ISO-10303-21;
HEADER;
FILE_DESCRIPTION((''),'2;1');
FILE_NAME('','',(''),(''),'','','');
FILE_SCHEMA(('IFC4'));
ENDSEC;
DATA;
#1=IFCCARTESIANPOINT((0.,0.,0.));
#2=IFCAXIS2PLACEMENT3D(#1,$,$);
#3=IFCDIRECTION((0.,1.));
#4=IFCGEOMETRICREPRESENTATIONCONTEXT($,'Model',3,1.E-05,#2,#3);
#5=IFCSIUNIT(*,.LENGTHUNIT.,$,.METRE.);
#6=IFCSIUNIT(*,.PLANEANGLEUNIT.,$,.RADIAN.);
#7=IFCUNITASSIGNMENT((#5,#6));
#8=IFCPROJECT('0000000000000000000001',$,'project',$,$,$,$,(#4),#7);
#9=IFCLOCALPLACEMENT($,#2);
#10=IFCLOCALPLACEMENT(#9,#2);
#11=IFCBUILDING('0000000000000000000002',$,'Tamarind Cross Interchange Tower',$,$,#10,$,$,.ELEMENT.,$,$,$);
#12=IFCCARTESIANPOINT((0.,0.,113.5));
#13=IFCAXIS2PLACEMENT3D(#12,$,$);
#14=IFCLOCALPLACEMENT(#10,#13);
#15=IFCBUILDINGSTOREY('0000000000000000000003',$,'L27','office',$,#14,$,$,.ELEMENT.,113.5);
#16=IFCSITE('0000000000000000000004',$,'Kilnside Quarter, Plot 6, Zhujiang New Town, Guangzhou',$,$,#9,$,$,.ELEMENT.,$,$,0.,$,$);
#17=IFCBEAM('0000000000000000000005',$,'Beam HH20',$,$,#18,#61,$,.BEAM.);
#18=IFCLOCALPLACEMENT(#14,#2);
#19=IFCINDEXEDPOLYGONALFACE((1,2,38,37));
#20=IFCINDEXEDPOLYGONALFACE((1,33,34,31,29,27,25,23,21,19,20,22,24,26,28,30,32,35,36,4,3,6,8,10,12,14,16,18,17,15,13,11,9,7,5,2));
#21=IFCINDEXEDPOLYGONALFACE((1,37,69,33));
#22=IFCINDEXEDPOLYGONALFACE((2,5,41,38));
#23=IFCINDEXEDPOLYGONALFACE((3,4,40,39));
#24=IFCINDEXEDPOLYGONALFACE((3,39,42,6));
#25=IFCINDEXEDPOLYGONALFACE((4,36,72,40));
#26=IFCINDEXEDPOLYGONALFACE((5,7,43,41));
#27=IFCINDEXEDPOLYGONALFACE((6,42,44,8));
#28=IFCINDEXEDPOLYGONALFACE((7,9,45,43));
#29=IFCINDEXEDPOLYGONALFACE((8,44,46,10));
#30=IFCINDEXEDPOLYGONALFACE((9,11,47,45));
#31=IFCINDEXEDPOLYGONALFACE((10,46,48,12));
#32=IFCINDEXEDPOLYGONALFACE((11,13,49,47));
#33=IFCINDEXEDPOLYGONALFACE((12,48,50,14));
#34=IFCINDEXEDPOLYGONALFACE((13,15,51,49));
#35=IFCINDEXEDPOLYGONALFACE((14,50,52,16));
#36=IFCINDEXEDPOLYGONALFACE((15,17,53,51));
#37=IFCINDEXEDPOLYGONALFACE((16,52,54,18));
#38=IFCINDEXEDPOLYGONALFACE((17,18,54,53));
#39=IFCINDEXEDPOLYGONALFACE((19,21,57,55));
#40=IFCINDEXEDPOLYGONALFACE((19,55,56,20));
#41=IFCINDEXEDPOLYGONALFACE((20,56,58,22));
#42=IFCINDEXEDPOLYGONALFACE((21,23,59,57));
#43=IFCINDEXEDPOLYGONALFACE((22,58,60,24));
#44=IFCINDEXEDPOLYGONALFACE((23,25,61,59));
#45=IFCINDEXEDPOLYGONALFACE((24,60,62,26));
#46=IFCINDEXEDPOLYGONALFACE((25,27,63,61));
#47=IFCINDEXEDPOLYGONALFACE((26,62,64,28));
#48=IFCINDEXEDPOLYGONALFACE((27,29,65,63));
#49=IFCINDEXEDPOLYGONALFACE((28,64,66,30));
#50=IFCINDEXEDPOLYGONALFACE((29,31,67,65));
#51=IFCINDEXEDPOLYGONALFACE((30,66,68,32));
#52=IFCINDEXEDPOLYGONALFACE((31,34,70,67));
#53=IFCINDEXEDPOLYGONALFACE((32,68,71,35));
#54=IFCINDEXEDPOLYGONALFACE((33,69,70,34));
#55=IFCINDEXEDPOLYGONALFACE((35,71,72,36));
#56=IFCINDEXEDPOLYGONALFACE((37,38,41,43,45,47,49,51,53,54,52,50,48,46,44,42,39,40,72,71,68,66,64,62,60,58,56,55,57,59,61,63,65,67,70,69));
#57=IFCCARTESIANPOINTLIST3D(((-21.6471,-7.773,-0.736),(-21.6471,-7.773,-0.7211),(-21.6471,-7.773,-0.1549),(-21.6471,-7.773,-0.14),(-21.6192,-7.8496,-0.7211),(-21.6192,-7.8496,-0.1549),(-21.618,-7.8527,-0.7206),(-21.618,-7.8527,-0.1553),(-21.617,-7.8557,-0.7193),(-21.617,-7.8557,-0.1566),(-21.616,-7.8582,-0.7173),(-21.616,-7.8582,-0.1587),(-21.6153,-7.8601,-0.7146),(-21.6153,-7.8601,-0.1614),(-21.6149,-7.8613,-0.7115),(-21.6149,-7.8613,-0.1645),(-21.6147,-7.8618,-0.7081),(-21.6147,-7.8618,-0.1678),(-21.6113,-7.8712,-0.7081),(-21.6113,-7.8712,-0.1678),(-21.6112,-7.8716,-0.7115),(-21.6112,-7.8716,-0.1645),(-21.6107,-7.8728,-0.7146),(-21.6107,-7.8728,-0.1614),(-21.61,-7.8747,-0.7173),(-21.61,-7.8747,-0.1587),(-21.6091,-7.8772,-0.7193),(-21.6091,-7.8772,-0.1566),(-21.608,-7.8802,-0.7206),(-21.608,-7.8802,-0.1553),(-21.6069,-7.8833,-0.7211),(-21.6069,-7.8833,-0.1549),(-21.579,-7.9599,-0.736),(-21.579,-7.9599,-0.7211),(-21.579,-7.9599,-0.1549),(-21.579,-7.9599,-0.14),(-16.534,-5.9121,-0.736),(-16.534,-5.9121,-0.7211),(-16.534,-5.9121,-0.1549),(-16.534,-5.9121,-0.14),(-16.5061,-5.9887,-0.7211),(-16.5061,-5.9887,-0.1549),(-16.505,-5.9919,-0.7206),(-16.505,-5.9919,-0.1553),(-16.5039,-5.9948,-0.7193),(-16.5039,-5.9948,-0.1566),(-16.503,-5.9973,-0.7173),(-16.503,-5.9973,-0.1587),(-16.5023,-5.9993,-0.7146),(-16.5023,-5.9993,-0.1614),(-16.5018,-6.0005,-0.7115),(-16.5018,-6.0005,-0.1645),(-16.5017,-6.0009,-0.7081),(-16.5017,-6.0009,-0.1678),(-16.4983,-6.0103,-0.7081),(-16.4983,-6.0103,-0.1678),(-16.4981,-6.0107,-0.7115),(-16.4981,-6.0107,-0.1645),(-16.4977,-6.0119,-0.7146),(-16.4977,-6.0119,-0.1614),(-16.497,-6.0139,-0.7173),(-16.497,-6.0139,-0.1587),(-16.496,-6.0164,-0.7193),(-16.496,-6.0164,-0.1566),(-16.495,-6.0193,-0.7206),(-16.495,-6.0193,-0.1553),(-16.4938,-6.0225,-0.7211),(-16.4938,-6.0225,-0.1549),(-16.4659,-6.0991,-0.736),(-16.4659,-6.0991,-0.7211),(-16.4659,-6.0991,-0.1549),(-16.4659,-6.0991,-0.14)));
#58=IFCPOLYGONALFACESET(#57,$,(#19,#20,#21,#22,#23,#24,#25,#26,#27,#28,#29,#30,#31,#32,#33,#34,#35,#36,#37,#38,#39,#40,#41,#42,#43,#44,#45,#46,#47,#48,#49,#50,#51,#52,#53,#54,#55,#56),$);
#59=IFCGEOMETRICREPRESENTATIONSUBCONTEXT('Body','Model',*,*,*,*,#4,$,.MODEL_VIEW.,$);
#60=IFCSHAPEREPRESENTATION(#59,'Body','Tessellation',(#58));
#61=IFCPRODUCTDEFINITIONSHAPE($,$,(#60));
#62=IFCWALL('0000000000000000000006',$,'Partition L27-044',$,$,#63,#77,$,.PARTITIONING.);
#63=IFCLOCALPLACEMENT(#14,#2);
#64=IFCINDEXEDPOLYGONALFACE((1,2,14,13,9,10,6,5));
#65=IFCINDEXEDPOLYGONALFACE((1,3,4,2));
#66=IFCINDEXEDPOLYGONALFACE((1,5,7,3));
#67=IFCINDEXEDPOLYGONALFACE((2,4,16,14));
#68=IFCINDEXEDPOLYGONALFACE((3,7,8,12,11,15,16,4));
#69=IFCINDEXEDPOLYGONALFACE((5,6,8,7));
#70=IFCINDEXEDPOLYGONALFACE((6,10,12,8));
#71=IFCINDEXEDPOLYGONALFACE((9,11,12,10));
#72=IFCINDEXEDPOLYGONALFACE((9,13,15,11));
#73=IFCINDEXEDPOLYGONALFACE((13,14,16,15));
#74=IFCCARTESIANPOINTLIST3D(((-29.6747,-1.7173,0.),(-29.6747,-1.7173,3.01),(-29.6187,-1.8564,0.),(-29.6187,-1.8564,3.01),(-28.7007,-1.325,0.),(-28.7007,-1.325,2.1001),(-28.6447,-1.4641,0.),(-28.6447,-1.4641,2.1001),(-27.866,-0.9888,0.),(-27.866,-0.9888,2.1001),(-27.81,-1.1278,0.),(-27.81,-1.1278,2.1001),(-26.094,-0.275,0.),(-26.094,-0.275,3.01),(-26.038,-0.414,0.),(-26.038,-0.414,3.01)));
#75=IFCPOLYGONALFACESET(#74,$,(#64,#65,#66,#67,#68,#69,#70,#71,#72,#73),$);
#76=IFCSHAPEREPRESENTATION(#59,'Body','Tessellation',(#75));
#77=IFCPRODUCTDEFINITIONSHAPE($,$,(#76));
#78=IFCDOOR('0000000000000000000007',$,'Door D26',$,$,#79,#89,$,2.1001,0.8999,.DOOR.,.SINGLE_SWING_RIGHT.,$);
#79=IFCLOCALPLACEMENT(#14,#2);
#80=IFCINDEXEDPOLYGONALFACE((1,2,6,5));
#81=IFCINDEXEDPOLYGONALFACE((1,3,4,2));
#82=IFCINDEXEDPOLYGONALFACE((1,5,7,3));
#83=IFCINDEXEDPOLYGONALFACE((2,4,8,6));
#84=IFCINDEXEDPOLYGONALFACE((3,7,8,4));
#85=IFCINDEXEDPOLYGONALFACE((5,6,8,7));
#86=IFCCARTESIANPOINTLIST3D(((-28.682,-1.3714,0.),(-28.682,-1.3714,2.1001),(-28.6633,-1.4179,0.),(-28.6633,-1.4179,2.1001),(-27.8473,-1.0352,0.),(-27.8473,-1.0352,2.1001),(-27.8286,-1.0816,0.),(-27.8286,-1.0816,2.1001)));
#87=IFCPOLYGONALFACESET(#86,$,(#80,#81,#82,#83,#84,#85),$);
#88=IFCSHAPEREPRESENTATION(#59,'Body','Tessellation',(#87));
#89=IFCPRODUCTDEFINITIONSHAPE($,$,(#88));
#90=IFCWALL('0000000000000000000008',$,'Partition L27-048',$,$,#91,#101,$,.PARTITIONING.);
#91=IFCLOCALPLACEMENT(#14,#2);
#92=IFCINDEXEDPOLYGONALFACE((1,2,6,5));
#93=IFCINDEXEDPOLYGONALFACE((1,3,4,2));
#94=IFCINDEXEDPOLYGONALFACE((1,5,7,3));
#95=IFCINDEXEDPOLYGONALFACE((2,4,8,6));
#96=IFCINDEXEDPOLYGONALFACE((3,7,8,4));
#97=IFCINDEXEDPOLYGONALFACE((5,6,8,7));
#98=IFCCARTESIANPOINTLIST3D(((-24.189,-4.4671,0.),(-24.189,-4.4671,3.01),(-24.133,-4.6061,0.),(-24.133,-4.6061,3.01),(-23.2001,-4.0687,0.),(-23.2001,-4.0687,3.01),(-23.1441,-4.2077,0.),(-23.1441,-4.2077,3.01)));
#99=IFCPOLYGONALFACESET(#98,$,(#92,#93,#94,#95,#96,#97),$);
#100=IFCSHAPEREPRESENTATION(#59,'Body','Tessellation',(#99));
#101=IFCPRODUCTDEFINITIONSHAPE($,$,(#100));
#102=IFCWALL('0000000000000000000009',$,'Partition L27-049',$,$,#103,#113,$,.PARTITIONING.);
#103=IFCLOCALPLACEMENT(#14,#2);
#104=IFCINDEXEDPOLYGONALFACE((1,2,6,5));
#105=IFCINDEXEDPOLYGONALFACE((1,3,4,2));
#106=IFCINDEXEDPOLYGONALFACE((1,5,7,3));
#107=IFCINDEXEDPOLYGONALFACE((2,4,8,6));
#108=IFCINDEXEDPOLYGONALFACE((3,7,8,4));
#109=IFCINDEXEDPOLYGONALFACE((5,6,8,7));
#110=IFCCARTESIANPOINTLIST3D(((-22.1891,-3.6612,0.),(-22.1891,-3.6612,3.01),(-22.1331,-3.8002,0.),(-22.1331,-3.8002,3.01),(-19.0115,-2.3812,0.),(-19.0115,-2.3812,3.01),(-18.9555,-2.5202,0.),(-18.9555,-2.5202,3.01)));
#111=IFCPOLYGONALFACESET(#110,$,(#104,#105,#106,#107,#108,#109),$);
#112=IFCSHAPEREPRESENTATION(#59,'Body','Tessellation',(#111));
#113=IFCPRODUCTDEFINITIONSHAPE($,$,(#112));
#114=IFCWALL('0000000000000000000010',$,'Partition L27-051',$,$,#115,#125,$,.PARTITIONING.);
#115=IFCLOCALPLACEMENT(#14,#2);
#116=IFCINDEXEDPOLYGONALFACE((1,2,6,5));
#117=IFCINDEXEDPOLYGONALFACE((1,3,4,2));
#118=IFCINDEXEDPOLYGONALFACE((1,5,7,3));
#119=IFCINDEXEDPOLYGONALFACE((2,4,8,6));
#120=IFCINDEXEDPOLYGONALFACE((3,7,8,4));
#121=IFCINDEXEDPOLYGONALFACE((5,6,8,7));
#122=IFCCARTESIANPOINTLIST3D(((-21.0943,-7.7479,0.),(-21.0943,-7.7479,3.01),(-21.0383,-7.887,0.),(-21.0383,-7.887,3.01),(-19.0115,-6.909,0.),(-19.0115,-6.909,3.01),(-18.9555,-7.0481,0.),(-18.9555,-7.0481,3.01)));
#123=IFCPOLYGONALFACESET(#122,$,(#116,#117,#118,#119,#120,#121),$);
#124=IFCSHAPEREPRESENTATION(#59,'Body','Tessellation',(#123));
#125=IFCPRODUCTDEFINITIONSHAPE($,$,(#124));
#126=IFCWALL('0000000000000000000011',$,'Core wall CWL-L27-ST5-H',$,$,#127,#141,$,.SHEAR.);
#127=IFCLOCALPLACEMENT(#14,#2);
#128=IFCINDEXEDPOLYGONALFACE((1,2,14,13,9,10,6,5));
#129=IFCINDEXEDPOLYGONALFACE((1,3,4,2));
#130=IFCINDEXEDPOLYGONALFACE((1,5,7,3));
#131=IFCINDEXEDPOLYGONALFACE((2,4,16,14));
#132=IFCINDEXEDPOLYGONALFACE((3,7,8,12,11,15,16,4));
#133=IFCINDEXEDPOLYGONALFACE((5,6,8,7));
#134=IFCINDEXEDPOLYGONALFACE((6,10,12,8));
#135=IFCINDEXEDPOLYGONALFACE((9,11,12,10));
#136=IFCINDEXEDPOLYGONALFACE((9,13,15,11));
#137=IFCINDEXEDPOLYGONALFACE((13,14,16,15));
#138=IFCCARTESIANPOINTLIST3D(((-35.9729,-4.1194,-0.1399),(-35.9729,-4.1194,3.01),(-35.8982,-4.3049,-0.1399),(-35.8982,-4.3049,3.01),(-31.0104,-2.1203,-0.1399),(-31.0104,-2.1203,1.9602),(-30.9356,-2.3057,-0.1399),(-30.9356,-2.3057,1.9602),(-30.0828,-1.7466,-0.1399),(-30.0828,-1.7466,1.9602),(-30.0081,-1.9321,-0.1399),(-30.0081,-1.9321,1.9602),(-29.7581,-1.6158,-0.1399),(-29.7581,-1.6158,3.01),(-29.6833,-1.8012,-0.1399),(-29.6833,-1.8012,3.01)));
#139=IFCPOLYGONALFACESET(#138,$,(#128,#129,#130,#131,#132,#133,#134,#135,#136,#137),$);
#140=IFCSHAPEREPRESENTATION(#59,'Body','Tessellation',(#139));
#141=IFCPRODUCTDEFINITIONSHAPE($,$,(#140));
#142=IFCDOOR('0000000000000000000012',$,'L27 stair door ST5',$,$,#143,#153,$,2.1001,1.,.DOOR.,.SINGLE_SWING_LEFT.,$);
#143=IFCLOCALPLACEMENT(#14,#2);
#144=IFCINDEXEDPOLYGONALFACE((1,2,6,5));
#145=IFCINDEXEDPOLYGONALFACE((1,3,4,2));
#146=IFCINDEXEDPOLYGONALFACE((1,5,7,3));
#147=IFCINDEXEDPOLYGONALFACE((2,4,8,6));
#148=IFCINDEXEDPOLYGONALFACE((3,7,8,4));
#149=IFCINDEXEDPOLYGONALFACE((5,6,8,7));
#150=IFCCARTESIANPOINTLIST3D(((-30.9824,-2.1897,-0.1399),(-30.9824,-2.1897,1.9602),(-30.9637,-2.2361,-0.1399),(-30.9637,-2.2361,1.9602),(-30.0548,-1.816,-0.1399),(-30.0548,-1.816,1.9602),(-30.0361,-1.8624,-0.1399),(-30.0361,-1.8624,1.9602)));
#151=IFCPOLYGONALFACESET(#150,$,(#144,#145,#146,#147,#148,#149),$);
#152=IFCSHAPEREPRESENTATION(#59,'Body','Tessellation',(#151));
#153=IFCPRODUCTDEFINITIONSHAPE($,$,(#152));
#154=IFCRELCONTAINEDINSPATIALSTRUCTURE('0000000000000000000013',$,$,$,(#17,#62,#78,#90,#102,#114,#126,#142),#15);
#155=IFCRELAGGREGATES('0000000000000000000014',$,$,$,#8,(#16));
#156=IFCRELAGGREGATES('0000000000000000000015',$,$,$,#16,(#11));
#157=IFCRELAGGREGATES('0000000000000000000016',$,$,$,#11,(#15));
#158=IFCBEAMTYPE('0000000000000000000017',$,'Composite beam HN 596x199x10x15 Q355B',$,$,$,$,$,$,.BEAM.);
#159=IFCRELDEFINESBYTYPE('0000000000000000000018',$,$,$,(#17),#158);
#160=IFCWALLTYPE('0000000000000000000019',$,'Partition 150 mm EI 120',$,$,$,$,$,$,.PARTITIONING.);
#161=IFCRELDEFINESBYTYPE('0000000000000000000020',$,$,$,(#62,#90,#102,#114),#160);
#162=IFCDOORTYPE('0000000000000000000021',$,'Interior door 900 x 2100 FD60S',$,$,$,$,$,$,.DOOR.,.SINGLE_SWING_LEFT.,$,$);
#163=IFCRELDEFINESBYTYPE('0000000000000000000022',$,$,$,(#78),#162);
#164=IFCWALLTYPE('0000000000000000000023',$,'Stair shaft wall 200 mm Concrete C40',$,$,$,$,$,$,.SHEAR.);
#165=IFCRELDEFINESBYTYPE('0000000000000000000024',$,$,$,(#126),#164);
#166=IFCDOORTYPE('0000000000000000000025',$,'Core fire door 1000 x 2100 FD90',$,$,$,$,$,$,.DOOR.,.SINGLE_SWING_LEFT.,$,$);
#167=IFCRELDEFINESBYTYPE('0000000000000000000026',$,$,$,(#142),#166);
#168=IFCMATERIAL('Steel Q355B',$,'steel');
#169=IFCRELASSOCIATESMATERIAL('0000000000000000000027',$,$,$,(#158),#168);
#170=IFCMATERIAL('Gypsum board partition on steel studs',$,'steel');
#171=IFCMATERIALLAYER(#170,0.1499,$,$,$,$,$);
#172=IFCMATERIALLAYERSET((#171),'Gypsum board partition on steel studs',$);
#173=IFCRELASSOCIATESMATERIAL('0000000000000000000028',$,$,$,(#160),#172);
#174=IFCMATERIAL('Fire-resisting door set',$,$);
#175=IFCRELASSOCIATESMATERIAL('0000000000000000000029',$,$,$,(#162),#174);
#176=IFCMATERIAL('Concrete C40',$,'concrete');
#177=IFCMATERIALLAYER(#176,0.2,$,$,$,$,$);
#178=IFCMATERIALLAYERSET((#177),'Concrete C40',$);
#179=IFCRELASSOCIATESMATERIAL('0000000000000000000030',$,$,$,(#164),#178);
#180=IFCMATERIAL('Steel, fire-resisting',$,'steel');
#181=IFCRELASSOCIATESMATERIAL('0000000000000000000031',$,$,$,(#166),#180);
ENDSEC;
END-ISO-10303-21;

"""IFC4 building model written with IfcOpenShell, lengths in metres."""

from ifc_helpers import new_model, si_unit, direction, frame, frame_2d, origin, origin_2d, place, context, subcontext, project, spatial, rectangle, i_section, extrude, material, layer, layer_set, material_profile, profile_set, type_object, element, fill, save


model = new_model("IFC4")

# Units and contexts
model_context = context("Model", 3, precision=1e-05, world=origin(), true_north=direction((0.0, 1.0)))
body_context = subcontext(model_context, "Body", "Model", "MODEL_VIEW")
ifc_project = project(units=[si_unit("LENGTHUNIT", "METRE"), si_unit("PLANEANGLEUNIT", "RADIAN")], contexts=[model_context])

# Site, building, storey
site_placement = place(None, origin())
site = spatial("IfcSite", under=ifc_project, at=site_placement, Name="Kilnside Quarter, Plot 6, Zhujiang New Town, Guangzhou", CompositionType="ELEMENT", RefElevation=0.0)
building_placement = place(site_placement, origin())
building = spatial("IfcBuilding", under=site, at=building_placement, Name="Tamarind Cross Interchange Tower", CompositionType="ELEMENT")
storey_placement = place(building_placement, frame((0.0, 0.0, 113.5)))
storey = spatial("IfcBuildingStorey", under=building, at=storey_placement, Name="L27", Description="office", CompositionType="ELEMENT", Elevation=113.5)

# Beam
ifc_material_1 = material(Name="Steel Q355B", Category="steel")
ifc_material_profile_1 = material_profile(ifc_material_1, i_section(OverallWidth=0.199, OverallDepth=0.5959, WebThickness=0.01, FlangeThickness=0.0149, FilletRadius=0.0129, at=origin_2d()), Name="HN 596x199x10x15")
ifc_profile_set_1 = profile_set([ifc_material_profile_1], Name="Steel Q355B")
beam_type_1 = type_object("IfcBeamType", Name="Composite beam HN 596x199x10x15 Q355B", PredefinedType="BEAM", material=ifc_profile_set_1)
beam_1_placement = place(storey_placement, frame((-21.613, -7.8665, -0.438), z_axis=(0.939702, 0.341995, 0.0), x_axis=(-0.341995, 0.939702, 0.0)))
element("IfcBeam", 1, at=beam_1_placement, inside=storey, type_object=beam_type_1, Name="Beam HH20", PredefinedType="BEAM", context=body_context, shape_type="SweptSolid", body=[
    extrude(i_section(OverallWidth=0.199, OverallDepth=0.5959, WebThickness=0.01, FlangeThickness=0.0149, FilletRadius=0.0129, at=origin_2d()), origin(), (0.0, 0.0, 1.0), 5.4412),
])

# Wall, opening, door
ifc_material_2 = material(Name="Gypsum board partition on steel studs", Category="steel")
ifc_layer_1 = layer(ifc_material_2, 0.1499)
ifc_layer_set_1 = layer_set([ifc_layer_1], Name="Gypsum board partition on steel studs")
wall_type_1 = type_object("IfcWallType", Name="Partition 150 mm EI 120", PredefinedType="PARTITIONING", material=ifc_layer_set_1)
wall_1_placement = place(storey_placement, frame((-29.6467, -1.7869, 0.0), z_axis=(0.0, 0.0, 1.0), x_axis=(0.927575, 0.373636, 0.0)))
wall_1 = element("IfcWall", 2, at=wall_1_placement, inside=storey, type_object=wall_type_1, Name="Partition L27-044", PredefinedType="PARTITIONING", context=body_context, shape_type="SweptSolid", body=[
    extrude(rectangle(XDim=3.8604, YDim=0.1499, at=frame_2d((1.9302, 0.0))), origin(), (0.0, 0.0, 1.0), 3.01),
])
opening_1_placement = place(wall_1_placement, frame((1.05, 0.0, 0.0)))
opening_1 = element("IfcOpeningElement", 3, at=opening_1_placement, cuts=wall_1, PredefinedType="OPENING", context=body_context, shape_type="SweptSolid", body=[
    extrude(rectangle(XDim=0.8999, YDim=2.1001, at=frame_2d((0.45, 1.05))), frame((0.0, 0.085, 0.0), z_axis=(0.0, -1.0, 0.0), x_axis=(1.0, 0.0, 0.0)), (0.0, 0.0, 1.0), 0.1699),
])
ifc_material_3 = material(Name="Fire-resisting door set")
door_type_1 = type_object("IfcDoorType", Name="Interior door 900 x 2100 FD60S", OperationType="SINGLE_SWING_LEFT", PredefinedType="DOOR", material=ifc_material_3)
door_1_placement = place(opening_1_placement, origin())
door_1 = element("IfcDoor", 4, at=door_1_placement, inside=storey, type_object=door_type_1, Name="Door D26", OperationType="SINGLE_SWING_RIGHT", OverallHeight=2.1001, OverallWidth=0.8999, PredefinedType="DOOR", context=body_context, shape_type="SweptSolid", body=[
    extrude(rectangle(XDim=0.8999, YDim=2.1001, at=frame_2d((0.45, 1.05))), frame((0.0, 0.0249, 0.0), z_axis=(0.0, -1.0, 0.0), x_axis=(1.0, 0.0, 0.0)), (0.0, 0.0, 1.0), 0.05),
])
fill(opening_1, door_1)

# Walls
wall_2_placement = place(storey_placement, frame((-24.1611, -4.5366, 0.0), z_axis=(0.0, 0.0, 1.0), x_axis=(0.927558, 0.373679, 0.0)))
element("IfcWall", 5, at=wall_2_placement, inside=storey, type_object=wall_type_1, Name="Partition L27-048", PredefinedType="PARTITIONING", context=body_context, shape_type="SweptSolid", body=[
    extrude(rectangle(XDim=1.0662, YDim=0.1499, at=frame_2d((0.5332, 0.0))), origin(), (0.0, 0.0, 1.0), 3.01),
])
wall_3_placement = place(storey_placement, frame((-22.1611, -3.7307, 0.0), z_axis=(0.0, 0.0, 1.0), x_axis=(0.927575, 0.373638, 0.0)))
element("IfcWall", 6, at=wall_3_placement, inside=storey, type_object=wall_type_1, Name="Partition L27-049", PredefinedType="PARTITIONING", context=body_context, shape_type="SweptSolid", body=[
    extrude(rectangle(XDim=3.4258, YDim=0.1499, at=frame_2d((1.7129, 0.0))), origin(), (0.0, 0.0, 1.0), 3.01),
])
wall_4_placement = place(storey_placement, frame((-21.0662, -7.8174, 0.0), z_axis=(0.0, 0.0, 1.0), x_axis=(0.927589, 0.373602, 0.0)))
element("IfcWall", 7, at=wall_4_placement, inside=storey, type_object=wall_type_1, Name="Partition L27-051", PredefinedType="PARTITIONING", context=body_context, shape_type="SweptSolid", body=[
    extrude(rectangle(XDim=2.2454, YDim=0.1499, at=frame_2d((1.1226, 0.0))), origin(), (0.0, 0.0, 1.0), 3.01),
])

# Wall, opening, door
ifc_material_4 = material(Name="Concrete C40", Category="concrete")
ifc_layer_2 = layer(ifc_material_4, 0.2)
ifc_layer_set_2 = layer_set([ifc_layer_2], Name="Concrete C40")
wall_type_2 = type_object("IfcWallType", Name="Stair shaft wall 200 mm Concrete C40", PredefinedType="SHEAR", material=ifc_layer_set_2)
wall_5_placement = place(storey_placement, frame((-29.7207, -1.7085, -0.1399), z_axis=(0.0, 0.0, 1.0), x_axis=(-0.927562, -0.37367, 0.0)))
wall_5 = element("IfcWall", 8, at=wall_5_placement, inside=storey, type_object=wall_type_2, Name="Core wall CWL-L27-ST5-H", PredefinedType="SHEAR", context=body_context, shape_type="SweptSolid", body=[
    extrude(rectangle(XDim=6.7002, YDim=0.2, at=frame_2d((3.3501, 0.0))), origin(), (0.0, 0.0, 1.0), 3.1499),
])
opening_2_placement = place(wall_5_placement, frame((0.3501, 0.0, 0.0)))
opening_2 = element("IfcOpeningElement", 9, at=opening_2_placement, cuts=wall_5, PredefinedType="OPENING", context=body_context, shape_type="SweptSolid", body=[
    extrude(rectangle(XDim=1.0, YDim=2.1001, at=frame_2d((0.5, 1.05))), frame((0.0, 0.1099, 0.0), z_axis=(0.0, -1.0, 0.0), x_axis=(1.0, 0.0, 0.0)), (0.0, 0.0, 1.0), 0.22),
])
ifc_material_5 = material(Name="Steel, fire-resisting", Category="steel")
door_type_2 = type_object("IfcDoorType", Name="Core fire door 1000 x 2100 FD90", OperationType="SINGLE_SWING_LEFT", PredefinedType="DOOR", material=ifc_material_5)
door_2_placement = place(opening_2_placement, origin())
door_2 = element("IfcDoor", 10, at=door_2_placement, inside=storey, type_object=door_type_2, Name="L27 stair door ST5", OperationType="SINGLE_SWING_LEFT", OverallHeight=2.1001, OverallWidth=1.0, PredefinedType="DOOR", context=body_context, shape_type="SweptSolid", body=[
    extrude(rectangle(XDim=1.0, YDim=2.1001, at=frame_2d((0.5, 1.05))), frame((0.0, 0.0249, 0.0), z_axis=(0.0, -1.0, 0.0), x_axis=(1.0, 0.0, 0.0)), (0.0, 0.0, 1.0), 0.05),
])
fill(opening_2, door_2)

save(model, "model.ifc")
